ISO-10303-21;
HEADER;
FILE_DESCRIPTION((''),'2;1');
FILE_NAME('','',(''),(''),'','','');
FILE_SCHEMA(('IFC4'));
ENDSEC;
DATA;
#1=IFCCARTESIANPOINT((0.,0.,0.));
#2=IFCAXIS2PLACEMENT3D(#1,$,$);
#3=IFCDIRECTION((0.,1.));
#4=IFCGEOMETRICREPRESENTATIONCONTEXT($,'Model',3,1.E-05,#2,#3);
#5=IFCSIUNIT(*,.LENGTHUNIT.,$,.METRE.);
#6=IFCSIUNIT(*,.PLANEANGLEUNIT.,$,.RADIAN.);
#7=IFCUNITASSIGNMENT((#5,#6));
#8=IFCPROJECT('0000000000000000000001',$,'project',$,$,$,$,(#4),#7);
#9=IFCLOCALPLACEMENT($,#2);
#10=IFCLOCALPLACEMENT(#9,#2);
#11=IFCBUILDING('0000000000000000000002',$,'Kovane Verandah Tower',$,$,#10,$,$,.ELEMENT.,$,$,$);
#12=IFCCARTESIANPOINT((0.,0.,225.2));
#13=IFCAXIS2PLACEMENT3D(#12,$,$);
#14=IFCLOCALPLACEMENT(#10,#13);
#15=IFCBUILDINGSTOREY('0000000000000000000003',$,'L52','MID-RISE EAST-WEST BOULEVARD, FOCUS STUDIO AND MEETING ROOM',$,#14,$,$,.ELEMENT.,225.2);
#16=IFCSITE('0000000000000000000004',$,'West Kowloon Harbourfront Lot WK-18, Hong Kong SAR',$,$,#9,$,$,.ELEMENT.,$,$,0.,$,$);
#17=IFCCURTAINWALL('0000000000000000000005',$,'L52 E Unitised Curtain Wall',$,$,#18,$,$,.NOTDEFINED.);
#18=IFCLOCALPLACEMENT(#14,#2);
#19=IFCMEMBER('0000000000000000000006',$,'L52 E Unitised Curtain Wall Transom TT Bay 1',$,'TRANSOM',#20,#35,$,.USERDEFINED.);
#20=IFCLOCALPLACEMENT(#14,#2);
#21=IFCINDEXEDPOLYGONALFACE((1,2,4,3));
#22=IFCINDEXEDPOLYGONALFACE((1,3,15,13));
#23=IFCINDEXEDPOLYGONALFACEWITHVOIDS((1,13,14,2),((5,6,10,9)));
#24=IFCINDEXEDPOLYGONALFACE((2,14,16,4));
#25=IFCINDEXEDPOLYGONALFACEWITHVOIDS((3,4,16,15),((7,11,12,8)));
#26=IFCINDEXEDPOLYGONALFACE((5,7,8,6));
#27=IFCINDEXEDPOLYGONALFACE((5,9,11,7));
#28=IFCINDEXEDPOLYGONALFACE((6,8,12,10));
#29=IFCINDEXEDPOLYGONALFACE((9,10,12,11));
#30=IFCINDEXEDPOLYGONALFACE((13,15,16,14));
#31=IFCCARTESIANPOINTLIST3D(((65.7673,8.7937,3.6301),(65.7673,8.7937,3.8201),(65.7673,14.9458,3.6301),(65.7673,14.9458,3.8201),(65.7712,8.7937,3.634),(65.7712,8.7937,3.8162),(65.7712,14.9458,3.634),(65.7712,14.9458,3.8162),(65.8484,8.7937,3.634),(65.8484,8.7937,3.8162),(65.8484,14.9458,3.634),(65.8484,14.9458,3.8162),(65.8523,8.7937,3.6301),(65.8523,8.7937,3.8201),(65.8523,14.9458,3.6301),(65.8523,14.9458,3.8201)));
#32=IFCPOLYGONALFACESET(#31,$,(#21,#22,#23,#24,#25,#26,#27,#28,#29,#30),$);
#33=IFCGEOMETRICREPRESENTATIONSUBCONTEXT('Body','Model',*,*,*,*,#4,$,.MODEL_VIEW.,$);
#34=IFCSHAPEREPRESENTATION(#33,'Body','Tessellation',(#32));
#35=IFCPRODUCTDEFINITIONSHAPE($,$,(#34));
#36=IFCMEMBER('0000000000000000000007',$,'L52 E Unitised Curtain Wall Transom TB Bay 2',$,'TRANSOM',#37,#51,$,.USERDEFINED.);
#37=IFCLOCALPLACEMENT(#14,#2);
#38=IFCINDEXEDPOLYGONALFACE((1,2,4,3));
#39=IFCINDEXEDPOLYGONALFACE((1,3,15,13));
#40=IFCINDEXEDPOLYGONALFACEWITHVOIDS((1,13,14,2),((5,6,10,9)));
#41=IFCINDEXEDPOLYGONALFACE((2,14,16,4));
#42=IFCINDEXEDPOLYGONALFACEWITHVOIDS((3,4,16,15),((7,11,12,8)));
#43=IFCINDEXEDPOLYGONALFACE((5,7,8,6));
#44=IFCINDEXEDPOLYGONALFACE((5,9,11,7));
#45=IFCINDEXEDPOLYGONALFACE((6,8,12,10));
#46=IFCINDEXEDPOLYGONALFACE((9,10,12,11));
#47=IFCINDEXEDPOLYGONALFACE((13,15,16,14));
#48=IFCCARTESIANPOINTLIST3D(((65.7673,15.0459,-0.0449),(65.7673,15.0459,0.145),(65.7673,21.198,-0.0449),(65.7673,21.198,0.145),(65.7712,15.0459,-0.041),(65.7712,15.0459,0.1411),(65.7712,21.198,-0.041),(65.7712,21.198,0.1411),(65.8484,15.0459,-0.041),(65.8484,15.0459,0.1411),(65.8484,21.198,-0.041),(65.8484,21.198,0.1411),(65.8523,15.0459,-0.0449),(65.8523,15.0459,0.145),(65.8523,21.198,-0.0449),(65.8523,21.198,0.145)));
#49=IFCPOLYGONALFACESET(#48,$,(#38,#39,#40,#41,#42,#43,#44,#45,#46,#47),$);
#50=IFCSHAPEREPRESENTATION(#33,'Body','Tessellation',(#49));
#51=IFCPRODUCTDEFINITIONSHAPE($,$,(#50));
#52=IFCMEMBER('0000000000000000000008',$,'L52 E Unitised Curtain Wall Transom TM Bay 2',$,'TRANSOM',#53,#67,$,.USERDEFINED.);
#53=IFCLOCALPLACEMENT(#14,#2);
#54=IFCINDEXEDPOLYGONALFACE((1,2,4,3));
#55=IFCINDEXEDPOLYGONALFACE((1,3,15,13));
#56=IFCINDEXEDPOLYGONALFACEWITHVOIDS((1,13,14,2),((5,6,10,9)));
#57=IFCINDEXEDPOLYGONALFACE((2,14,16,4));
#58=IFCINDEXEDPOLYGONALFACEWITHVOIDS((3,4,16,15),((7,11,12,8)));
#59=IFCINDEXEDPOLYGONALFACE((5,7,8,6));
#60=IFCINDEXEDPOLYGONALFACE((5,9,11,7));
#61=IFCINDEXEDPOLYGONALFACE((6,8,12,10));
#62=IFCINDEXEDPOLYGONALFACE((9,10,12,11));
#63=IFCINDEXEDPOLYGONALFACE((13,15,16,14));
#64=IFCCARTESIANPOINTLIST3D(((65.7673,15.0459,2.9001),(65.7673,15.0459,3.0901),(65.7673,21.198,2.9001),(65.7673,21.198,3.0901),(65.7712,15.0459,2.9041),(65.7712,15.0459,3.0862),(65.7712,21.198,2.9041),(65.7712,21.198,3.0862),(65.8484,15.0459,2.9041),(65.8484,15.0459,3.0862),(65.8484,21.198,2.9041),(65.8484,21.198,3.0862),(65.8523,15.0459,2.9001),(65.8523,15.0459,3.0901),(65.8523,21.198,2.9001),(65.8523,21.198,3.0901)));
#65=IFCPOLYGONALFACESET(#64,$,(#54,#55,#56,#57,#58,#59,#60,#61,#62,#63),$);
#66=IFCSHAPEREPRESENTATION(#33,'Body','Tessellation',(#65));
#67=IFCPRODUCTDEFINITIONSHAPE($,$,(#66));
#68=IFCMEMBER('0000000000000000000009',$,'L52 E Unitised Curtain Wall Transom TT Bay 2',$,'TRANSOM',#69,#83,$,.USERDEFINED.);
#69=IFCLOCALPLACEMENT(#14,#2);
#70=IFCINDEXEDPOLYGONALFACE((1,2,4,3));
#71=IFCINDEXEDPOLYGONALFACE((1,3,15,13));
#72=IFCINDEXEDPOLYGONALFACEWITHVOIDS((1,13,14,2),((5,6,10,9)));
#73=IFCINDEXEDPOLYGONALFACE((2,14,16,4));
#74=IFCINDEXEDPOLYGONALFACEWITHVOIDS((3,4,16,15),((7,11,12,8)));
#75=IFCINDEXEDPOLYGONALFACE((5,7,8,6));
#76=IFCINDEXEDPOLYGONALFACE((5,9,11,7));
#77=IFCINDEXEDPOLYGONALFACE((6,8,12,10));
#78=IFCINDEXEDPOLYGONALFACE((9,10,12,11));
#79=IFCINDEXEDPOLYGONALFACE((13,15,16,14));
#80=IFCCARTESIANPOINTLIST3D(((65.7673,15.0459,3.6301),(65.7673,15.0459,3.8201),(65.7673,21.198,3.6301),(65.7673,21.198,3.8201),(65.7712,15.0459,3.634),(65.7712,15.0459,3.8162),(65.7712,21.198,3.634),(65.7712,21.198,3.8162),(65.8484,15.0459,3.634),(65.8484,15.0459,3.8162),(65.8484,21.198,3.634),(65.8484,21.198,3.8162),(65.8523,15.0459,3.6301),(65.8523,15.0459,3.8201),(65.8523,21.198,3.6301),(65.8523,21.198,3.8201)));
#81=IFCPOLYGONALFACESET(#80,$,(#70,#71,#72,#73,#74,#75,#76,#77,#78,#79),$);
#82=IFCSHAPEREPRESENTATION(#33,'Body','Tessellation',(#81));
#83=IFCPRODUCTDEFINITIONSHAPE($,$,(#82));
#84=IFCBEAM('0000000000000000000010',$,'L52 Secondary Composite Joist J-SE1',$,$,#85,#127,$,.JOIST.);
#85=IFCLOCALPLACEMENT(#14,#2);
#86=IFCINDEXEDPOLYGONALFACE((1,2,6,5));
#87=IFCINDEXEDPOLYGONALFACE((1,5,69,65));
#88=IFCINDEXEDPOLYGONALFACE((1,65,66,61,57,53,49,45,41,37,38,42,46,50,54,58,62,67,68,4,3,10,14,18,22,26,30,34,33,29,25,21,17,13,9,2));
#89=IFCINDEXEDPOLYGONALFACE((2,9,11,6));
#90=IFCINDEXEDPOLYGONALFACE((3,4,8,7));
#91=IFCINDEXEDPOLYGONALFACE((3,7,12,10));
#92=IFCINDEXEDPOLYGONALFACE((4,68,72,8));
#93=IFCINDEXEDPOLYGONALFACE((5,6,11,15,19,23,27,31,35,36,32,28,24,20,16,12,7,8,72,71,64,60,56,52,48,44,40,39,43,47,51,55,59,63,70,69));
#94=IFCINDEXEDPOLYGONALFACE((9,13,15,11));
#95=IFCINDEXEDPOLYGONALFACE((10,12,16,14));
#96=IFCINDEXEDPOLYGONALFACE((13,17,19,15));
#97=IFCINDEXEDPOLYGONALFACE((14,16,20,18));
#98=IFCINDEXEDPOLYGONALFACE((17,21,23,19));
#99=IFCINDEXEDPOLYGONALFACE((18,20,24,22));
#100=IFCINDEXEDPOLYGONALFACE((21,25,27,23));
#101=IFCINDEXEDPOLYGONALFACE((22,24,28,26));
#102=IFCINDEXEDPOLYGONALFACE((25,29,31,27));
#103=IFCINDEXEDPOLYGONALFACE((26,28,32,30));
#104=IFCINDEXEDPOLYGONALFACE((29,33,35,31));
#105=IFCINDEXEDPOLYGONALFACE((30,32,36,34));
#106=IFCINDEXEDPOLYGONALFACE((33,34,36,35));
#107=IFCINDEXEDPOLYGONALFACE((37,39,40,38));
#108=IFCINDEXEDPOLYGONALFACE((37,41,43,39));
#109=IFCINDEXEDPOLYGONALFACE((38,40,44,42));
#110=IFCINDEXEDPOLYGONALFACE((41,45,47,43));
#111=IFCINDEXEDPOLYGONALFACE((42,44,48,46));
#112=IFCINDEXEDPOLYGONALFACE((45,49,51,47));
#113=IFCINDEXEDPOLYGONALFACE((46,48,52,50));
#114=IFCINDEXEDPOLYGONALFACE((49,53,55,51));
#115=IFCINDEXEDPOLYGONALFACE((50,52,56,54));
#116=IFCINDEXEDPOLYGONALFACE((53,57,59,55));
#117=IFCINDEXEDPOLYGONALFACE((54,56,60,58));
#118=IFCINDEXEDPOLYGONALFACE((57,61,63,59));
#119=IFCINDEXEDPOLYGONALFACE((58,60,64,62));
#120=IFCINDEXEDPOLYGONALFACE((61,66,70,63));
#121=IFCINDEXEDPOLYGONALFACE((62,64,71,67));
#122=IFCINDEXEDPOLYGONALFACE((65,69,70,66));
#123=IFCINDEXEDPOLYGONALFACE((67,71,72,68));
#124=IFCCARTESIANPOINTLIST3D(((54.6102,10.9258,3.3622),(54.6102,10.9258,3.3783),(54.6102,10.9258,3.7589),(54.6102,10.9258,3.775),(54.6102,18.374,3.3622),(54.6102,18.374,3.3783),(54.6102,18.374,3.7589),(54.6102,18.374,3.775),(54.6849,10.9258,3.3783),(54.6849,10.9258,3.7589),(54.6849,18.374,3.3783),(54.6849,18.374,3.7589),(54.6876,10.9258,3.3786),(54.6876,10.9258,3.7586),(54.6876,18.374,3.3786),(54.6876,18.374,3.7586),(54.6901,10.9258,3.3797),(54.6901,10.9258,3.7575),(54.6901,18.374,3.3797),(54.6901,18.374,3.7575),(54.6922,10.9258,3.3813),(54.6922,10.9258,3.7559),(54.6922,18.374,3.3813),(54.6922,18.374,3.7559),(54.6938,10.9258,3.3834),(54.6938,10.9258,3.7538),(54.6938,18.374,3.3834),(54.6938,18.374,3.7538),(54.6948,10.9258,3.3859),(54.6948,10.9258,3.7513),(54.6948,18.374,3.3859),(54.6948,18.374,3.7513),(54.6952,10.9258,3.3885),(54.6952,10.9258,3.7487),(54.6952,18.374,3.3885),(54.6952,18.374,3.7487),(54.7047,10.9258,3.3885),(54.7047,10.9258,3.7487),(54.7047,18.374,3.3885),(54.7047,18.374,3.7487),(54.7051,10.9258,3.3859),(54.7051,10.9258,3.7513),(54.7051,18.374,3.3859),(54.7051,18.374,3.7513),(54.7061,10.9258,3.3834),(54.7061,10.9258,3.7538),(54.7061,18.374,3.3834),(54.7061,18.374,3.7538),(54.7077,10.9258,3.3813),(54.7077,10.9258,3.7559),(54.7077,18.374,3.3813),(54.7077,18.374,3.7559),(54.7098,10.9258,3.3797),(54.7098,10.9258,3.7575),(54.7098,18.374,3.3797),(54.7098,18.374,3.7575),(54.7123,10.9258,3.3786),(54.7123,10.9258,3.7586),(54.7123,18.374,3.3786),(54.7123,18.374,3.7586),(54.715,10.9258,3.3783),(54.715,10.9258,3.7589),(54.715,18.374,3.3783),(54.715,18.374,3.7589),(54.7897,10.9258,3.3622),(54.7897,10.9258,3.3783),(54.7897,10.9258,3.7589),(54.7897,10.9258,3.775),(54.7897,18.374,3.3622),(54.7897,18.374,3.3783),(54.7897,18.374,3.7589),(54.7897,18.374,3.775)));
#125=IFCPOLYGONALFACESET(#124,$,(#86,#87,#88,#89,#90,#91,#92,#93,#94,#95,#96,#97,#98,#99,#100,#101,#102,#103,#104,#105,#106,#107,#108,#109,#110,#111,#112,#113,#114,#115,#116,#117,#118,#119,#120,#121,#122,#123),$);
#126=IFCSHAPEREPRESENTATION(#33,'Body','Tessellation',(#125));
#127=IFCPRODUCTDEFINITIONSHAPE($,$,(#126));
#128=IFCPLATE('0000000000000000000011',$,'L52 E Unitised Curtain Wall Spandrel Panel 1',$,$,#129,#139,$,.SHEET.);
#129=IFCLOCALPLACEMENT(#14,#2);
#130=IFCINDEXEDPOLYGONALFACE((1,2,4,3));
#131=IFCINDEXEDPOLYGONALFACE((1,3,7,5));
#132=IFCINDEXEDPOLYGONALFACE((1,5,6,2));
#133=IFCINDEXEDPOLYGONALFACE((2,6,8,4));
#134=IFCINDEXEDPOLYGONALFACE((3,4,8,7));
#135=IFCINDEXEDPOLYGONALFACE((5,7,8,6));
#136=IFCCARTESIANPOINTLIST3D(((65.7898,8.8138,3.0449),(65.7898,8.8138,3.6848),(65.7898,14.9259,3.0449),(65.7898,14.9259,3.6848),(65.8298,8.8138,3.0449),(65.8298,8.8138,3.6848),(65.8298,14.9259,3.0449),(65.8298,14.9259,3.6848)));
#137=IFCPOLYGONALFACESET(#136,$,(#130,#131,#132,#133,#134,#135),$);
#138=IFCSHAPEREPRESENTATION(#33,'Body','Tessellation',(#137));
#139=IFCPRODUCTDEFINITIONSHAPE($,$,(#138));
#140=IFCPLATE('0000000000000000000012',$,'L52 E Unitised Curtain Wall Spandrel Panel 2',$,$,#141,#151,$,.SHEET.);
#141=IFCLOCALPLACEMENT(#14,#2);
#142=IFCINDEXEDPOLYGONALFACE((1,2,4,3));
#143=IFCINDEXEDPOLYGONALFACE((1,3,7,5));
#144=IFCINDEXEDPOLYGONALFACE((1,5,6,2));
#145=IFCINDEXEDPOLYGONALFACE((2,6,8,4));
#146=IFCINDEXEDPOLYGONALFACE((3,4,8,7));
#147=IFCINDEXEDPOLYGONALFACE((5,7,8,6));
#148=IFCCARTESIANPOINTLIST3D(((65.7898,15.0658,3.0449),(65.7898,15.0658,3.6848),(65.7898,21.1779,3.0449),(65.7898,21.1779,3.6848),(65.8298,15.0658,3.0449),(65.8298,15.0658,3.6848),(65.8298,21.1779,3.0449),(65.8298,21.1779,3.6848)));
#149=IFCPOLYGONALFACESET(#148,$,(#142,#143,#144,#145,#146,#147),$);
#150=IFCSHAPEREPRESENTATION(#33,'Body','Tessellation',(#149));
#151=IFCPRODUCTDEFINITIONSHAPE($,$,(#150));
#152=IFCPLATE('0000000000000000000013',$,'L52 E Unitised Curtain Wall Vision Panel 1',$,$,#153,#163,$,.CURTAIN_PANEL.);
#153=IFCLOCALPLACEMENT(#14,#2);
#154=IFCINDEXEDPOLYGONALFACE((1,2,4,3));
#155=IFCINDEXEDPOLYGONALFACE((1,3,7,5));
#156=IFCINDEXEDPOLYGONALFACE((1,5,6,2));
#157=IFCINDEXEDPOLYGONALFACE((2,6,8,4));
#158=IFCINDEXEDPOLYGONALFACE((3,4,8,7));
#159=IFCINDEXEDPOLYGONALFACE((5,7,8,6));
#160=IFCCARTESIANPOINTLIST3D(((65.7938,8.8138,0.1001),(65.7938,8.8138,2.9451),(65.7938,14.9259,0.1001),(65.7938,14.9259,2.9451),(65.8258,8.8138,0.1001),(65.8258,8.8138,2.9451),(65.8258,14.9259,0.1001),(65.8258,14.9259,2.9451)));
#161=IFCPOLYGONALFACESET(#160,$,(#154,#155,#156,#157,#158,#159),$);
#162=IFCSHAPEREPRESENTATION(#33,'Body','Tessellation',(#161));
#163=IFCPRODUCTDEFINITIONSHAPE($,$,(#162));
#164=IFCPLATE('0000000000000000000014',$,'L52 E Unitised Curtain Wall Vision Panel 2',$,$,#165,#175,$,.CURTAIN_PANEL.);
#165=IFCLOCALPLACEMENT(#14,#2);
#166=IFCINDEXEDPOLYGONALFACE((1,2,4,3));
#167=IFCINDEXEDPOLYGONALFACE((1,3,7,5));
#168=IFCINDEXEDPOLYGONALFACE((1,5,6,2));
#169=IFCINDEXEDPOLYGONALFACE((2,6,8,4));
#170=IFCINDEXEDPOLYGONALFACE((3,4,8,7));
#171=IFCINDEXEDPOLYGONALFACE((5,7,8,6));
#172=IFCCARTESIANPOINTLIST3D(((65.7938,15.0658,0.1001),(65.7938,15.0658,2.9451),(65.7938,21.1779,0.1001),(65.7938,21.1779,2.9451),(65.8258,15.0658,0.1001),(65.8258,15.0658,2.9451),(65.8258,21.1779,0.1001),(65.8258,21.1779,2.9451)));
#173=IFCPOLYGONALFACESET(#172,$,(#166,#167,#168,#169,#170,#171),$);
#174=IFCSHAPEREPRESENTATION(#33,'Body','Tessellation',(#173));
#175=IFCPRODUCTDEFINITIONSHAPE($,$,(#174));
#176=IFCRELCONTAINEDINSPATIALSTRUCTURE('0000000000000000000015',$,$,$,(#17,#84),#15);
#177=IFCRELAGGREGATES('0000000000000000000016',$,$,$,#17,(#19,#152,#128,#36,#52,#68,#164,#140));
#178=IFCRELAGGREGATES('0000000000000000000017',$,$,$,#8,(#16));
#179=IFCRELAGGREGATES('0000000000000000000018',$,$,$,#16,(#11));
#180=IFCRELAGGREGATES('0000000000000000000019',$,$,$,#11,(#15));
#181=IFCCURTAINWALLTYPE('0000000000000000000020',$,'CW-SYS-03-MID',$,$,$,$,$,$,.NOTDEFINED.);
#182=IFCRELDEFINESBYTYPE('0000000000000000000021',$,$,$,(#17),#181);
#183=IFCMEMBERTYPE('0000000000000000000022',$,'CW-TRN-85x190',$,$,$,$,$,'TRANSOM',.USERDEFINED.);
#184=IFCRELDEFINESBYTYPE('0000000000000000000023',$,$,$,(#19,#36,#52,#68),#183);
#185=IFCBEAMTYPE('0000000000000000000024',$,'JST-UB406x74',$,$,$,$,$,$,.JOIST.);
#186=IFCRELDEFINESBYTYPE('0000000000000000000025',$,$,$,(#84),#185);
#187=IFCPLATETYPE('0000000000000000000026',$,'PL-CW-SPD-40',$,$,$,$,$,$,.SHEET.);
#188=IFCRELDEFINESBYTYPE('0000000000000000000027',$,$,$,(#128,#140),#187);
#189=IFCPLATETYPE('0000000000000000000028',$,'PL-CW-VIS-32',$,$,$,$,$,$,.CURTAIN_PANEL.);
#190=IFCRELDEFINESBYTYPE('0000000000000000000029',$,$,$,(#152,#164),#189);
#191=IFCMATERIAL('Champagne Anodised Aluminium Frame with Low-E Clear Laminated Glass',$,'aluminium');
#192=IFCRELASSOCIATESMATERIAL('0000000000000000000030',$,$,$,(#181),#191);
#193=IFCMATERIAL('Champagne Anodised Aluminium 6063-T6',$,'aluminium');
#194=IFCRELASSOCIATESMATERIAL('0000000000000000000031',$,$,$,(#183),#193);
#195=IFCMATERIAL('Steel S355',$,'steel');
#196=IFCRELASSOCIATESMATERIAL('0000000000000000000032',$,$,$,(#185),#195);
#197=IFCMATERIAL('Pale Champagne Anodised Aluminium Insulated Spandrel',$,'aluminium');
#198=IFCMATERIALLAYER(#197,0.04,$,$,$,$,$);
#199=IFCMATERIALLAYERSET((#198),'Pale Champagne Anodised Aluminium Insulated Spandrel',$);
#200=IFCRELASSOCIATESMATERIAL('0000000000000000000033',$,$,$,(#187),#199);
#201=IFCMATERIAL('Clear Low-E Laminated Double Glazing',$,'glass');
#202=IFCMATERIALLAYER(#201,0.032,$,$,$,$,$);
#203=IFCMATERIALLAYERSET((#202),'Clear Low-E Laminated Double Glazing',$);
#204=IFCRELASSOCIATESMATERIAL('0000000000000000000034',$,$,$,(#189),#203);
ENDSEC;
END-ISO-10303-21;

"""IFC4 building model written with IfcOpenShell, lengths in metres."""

from ifc_helpers import new_model, si_unit, direction, frame, origin, origin_2d, place, context, subcontext, project, spatial, rectangle, hollow_rectangle, i_section, extrude, material, layer, layer_set, material_profile, profile_set, type_object, element, aggregate, save


model = new_model("IFC4")

# Units and contexts
model_context = context("Model", 3, precision=1e-05, world=origin(), true_north=direction((0.0, 1.0)))
body_context = subcontext(model_context, "Body", "Model", "MODEL_VIEW")
ifc_project = project(units=[si_unit("LENGTHUNIT", "METRE"), si_unit("PLANEANGLEUNIT", "RADIAN")], contexts=[model_context])

# Site, building, storey
site_placement = place(None, origin())
site = spatial("IfcSite", under=ifc_project, at=site_placement, Name="West Kowloon Harbourfront Lot WK-18, Hong Kong SAR", CompositionType="ELEMENT", RefElevation=0.0)
building_placement = place(site_placement, origin())
building = spatial("IfcBuilding", under=site, at=building_placement, Name="Kovane Verandah Tower", CompositionType="ELEMENT")
storey_placement = place(building_placement, frame((0.0, 0.0, 225.2)))
storey = spatial("IfcBuildingStorey", under=building, at=storey_placement, Name="L52", Description="MID-RISE EAST-WEST BOULEVARD, FOCUS STUDIO AND MEETING ROOM", CompositionType="ELEMENT", Elevation=225.2)

# Shared definitions
ifc_material_1 = material(Name="Steel S355", Category="steel")

# Curtain wall, members
ifc_material_2 = material(Name="Champagne Anodised Aluminium Frame with Low-E Clear Laminated Glass", Category="aluminium")
curtain_wall_type = type_object("IfcCurtainWallType", Name="CW-SYS-03-MID", PredefinedType="NOTDEFINED", material=ifc_material_2)
curtain_wall_placement = place(storey_placement, origin())
curtain_wall = element("IfcCurtainWall", 1, at=curtain_wall_placement, inside=storey, type_object=curtain_wall_type, Name="L52 E Unitised Curtain Wall", PredefinedType="NOTDEFINED")
ifc_material_3 = material(Name="Champagne Anodised Aluminium 6063-T6", Category="aluminium")
ifc_material_profile_1 = material_profile(ifc_material_3, hollow_rectangle(XDim=0.085, YDim=0.1899, WallThickness=0.0039, at=origin_2d()), Name="AL85x190x4")
ifc_profile_set_1 = profile_set([ifc_material_profile_1], Name="Champagne Anodised Aluminium 6063-T6")
member_type_1 = type_object("IfcMemberType", Name="CW-TRN-85x190", ElementType="TRANSOM", PredefinedType="USERDEFINED", material=ifc_profile_set_1)
member_1_placement = place(storey_placement, frame((65.8098, 8.7937, 3.7251), z_axis=(0.0, 1.0, 0.0), x_axis=(-1.0, 0.0, 0.0)))
member_1 = element("IfcMember", 2, at=member_1_placement, type_object=member_type_1, Name="L52 E Unitised Curtain Wall Transom TT Bay 1", ObjectType="TRANSOM", PredefinedType="USERDEFINED", context=body_context, shape_type="SweptSolid", body=[
    extrude(hollow_rectangle(XDim=0.085, YDim=0.1899, WallThickness=0.0039, at=origin_2d()), origin(), (0.0, 0.0, 1.0), 6.1521),
])
member_2_placement = place(storey_placement, frame((65.8098, 15.0459, 0.05), z_axis=(0.0, 1.0, 0.0), x_axis=(-1.0, 0.0, 0.0)))
member_2 = element("IfcMember", 3, at=member_2_placement, type_object=member_type_1, Name="L52 E Unitised Curtain Wall Transom TB Bay 2", ObjectType="TRANSOM", PredefinedType="USERDEFINED", context=body_context, shape_type="SweptSolid", body=[
    extrude(hollow_rectangle(XDim=0.085, YDim=0.1899, WallThickness=0.0039, at=origin_2d()), origin(), (0.0, 0.0, 1.0), 6.1521),
])
member_3_placement = place(storey_placement, frame((65.8098, 15.0459, 2.9951), z_axis=(0.0, 1.0, 0.0), x_axis=(-1.0, 0.0, 0.0)))
member_3 = element("IfcMember", 4, at=member_3_placement, type_object=member_type_1, Name="L52 E Unitised Curtain Wall Transom TM Bay 2", ObjectType="TRANSOM", PredefinedType="USERDEFINED", context=body_context, shape_type="SweptSolid", body=[
    extrude(hollow_rectangle(XDim=0.085, YDim=0.1899, WallThickness=0.0039, at=origin_2d()), origin(), (0.0, 0.0, 1.0), 6.1521),
])
member_4_placement = place(storey_placement, frame((65.8098, 15.0459, 3.7251), z_axis=(0.0, 1.0, 0.0), x_axis=(-1.0, 0.0, 0.0)))
member_4 = element("IfcMember", 5, at=member_4_placement, type_object=member_type_1, Name="L52 E Unitised Curtain Wall Transom TT Bay 2", ObjectType="TRANSOM", PredefinedType="USERDEFINED", context=body_context, shape_type="SweptSolid", body=[
    extrude(hollow_rectangle(XDim=0.085, YDim=0.1899, WallThickness=0.0039, at=origin_2d()), origin(), (0.0, 0.0, 1.0), 6.1521),
])

# Beam
ifc_material_profile_2 = material_profile(ifc_material_1, i_section(OverallWidth=0.1794, OverallDepth=0.4128, WebThickness=0.0095, FlangeThickness=0.0161, FilletRadius=0.0103, at=origin_2d()), Name="UB406x178x74")
ifc_profile_set_2 = profile_set([ifc_material_profile_2], Name="Steel S355")
beam_type_1 = type_object("IfcBeamType", Name="JST-UB406x74", PredefinedType="JOIST", material=ifc_profile_set_2)
beam_1_placement = place(storey_placement, frame((54.7, 10.9258, 3.5686), z_axis=(0.0, 1.0, 0.0), x_axis=(-1.0, 0.0, 0.0)))
element("IfcBeam", 6, at=beam_1_placement, inside=storey, type_object=beam_type_1, Name="L52 Secondary Composite Joist J-SE1", PredefinedType="JOIST", context=body_context, shape_type="SweptSolid", body=[
    extrude(i_section(OverallWidth=0.1794, OverallDepth=0.4128, WebThickness=0.0095, FlangeThickness=0.0161, FilletRadius=0.0103, at=origin_2d()), origin(), (0.0, 0.0, 1.0), 7.4482),
])

# Plates
ifc_material_4 = material(Name="Pale Champagne Anodised Aluminium Insulated Spandrel", Category="aluminium")
ifc_layer_1 = layer(ifc_material_4, 0.04)
ifc_layer_set_1 = layer_set([ifc_layer_1], Name="Pale Champagne Anodised Aluminium Insulated Spandrel")
plate_type_1 = type_object("IfcPlateType", Name="PL-CW-SPD-40", PredefinedType="SHEET", material=ifc_layer_set_1)
plate_1_placement = place(storey_placement, frame((65.8098, 11.8699, 3.0449), z_axis=(0.0, 0.0, 1.0), x_axis=(0.0, 1.0, 0.0)))
plate_1 = element("IfcPlate", 7, at=plate_1_placement, type_object=plate_type_1, Name="L52 E Unitised Curtain Wall Spandrel Panel 1", PredefinedType="SHEET", context=body_context, shape_type="SweptSolid", body=[
    extrude(rectangle(XDim=6.1121, YDim=0.04, at=origin_2d()), origin(), (0.0, 0.0, 1.0), 0.6399),
])
plate_2_placement = place(storey_placement, frame((65.8098, 18.1218, 3.0449), z_axis=(0.0, 0.0, 1.0), x_axis=(0.0, 1.0, 0.0)))
plate_2 = element("IfcPlate", 8, at=plate_2_placement, type_object=plate_type_1, Name="L52 E Unitised Curtain Wall Spandrel Panel 2", PredefinedType="SHEET", context=body_context, shape_type="SweptSolid", body=[
    extrude(rectangle(XDim=6.1121, YDim=0.04, at=origin_2d()), origin(), (0.0, 0.0, 1.0), 0.6399),
])
ifc_material_5 = material(Name="Clear Low-E Laminated Double Glazing", Category="glass")
ifc_layer_2 = layer(ifc_material_5, 0.032)
ifc_layer_set_2 = layer_set([ifc_layer_2], Name="Clear Low-E Laminated Double Glazing")
plate_type_2 = type_object("IfcPlateType", Name="PL-CW-VIS-32", PredefinedType="CURTAIN_PANEL", material=ifc_layer_set_2)
plate_3_placement = place(storey_placement, frame((65.8098, 11.8699, 0.1001), z_axis=(0.0, 0.0, 1.0), x_axis=(0.0, 1.0, 0.0)))
plate_3 = element("IfcPlate", 9, at=plate_3_placement, type_object=plate_type_2, Name="L52 E Unitised Curtain Wall Vision Panel 1", PredefinedType="CURTAIN_PANEL", context=body_context, shape_type="SweptSolid", body=[
    extrude(rectangle(XDim=6.1121, YDim=0.032, at=origin_2d()), origin(), (0.0, 0.0, 1.0), 2.845),
])
plate_4_placement = place(storey_placement, frame((65.8098, 18.1218, 0.1001), z_axis=(0.0, 0.0, 1.0), x_axis=(0.0, 1.0, 0.0)))
plate_4 = element("IfcPlate", 10, at=plate_4_placement, type_object=plate_type_2, Name="L52 E Unitised Curtain Wall Vision Panel 2", PredefinedType="CURTAIN_PANEL", context=body_context, shape_type="SweptSolid", body=[
    extrude(rectangle(XDim=6.1121, YDim=0.032, at=origin_2d()), origin(), (0.0, 0.0, 1.0), 2.845),
])
aggregate(curtain_wall, [member_1, plate_3, plate_1, member_2, member_3, member_4, plate_4, plate_2])

save(model, "model.ifc")
